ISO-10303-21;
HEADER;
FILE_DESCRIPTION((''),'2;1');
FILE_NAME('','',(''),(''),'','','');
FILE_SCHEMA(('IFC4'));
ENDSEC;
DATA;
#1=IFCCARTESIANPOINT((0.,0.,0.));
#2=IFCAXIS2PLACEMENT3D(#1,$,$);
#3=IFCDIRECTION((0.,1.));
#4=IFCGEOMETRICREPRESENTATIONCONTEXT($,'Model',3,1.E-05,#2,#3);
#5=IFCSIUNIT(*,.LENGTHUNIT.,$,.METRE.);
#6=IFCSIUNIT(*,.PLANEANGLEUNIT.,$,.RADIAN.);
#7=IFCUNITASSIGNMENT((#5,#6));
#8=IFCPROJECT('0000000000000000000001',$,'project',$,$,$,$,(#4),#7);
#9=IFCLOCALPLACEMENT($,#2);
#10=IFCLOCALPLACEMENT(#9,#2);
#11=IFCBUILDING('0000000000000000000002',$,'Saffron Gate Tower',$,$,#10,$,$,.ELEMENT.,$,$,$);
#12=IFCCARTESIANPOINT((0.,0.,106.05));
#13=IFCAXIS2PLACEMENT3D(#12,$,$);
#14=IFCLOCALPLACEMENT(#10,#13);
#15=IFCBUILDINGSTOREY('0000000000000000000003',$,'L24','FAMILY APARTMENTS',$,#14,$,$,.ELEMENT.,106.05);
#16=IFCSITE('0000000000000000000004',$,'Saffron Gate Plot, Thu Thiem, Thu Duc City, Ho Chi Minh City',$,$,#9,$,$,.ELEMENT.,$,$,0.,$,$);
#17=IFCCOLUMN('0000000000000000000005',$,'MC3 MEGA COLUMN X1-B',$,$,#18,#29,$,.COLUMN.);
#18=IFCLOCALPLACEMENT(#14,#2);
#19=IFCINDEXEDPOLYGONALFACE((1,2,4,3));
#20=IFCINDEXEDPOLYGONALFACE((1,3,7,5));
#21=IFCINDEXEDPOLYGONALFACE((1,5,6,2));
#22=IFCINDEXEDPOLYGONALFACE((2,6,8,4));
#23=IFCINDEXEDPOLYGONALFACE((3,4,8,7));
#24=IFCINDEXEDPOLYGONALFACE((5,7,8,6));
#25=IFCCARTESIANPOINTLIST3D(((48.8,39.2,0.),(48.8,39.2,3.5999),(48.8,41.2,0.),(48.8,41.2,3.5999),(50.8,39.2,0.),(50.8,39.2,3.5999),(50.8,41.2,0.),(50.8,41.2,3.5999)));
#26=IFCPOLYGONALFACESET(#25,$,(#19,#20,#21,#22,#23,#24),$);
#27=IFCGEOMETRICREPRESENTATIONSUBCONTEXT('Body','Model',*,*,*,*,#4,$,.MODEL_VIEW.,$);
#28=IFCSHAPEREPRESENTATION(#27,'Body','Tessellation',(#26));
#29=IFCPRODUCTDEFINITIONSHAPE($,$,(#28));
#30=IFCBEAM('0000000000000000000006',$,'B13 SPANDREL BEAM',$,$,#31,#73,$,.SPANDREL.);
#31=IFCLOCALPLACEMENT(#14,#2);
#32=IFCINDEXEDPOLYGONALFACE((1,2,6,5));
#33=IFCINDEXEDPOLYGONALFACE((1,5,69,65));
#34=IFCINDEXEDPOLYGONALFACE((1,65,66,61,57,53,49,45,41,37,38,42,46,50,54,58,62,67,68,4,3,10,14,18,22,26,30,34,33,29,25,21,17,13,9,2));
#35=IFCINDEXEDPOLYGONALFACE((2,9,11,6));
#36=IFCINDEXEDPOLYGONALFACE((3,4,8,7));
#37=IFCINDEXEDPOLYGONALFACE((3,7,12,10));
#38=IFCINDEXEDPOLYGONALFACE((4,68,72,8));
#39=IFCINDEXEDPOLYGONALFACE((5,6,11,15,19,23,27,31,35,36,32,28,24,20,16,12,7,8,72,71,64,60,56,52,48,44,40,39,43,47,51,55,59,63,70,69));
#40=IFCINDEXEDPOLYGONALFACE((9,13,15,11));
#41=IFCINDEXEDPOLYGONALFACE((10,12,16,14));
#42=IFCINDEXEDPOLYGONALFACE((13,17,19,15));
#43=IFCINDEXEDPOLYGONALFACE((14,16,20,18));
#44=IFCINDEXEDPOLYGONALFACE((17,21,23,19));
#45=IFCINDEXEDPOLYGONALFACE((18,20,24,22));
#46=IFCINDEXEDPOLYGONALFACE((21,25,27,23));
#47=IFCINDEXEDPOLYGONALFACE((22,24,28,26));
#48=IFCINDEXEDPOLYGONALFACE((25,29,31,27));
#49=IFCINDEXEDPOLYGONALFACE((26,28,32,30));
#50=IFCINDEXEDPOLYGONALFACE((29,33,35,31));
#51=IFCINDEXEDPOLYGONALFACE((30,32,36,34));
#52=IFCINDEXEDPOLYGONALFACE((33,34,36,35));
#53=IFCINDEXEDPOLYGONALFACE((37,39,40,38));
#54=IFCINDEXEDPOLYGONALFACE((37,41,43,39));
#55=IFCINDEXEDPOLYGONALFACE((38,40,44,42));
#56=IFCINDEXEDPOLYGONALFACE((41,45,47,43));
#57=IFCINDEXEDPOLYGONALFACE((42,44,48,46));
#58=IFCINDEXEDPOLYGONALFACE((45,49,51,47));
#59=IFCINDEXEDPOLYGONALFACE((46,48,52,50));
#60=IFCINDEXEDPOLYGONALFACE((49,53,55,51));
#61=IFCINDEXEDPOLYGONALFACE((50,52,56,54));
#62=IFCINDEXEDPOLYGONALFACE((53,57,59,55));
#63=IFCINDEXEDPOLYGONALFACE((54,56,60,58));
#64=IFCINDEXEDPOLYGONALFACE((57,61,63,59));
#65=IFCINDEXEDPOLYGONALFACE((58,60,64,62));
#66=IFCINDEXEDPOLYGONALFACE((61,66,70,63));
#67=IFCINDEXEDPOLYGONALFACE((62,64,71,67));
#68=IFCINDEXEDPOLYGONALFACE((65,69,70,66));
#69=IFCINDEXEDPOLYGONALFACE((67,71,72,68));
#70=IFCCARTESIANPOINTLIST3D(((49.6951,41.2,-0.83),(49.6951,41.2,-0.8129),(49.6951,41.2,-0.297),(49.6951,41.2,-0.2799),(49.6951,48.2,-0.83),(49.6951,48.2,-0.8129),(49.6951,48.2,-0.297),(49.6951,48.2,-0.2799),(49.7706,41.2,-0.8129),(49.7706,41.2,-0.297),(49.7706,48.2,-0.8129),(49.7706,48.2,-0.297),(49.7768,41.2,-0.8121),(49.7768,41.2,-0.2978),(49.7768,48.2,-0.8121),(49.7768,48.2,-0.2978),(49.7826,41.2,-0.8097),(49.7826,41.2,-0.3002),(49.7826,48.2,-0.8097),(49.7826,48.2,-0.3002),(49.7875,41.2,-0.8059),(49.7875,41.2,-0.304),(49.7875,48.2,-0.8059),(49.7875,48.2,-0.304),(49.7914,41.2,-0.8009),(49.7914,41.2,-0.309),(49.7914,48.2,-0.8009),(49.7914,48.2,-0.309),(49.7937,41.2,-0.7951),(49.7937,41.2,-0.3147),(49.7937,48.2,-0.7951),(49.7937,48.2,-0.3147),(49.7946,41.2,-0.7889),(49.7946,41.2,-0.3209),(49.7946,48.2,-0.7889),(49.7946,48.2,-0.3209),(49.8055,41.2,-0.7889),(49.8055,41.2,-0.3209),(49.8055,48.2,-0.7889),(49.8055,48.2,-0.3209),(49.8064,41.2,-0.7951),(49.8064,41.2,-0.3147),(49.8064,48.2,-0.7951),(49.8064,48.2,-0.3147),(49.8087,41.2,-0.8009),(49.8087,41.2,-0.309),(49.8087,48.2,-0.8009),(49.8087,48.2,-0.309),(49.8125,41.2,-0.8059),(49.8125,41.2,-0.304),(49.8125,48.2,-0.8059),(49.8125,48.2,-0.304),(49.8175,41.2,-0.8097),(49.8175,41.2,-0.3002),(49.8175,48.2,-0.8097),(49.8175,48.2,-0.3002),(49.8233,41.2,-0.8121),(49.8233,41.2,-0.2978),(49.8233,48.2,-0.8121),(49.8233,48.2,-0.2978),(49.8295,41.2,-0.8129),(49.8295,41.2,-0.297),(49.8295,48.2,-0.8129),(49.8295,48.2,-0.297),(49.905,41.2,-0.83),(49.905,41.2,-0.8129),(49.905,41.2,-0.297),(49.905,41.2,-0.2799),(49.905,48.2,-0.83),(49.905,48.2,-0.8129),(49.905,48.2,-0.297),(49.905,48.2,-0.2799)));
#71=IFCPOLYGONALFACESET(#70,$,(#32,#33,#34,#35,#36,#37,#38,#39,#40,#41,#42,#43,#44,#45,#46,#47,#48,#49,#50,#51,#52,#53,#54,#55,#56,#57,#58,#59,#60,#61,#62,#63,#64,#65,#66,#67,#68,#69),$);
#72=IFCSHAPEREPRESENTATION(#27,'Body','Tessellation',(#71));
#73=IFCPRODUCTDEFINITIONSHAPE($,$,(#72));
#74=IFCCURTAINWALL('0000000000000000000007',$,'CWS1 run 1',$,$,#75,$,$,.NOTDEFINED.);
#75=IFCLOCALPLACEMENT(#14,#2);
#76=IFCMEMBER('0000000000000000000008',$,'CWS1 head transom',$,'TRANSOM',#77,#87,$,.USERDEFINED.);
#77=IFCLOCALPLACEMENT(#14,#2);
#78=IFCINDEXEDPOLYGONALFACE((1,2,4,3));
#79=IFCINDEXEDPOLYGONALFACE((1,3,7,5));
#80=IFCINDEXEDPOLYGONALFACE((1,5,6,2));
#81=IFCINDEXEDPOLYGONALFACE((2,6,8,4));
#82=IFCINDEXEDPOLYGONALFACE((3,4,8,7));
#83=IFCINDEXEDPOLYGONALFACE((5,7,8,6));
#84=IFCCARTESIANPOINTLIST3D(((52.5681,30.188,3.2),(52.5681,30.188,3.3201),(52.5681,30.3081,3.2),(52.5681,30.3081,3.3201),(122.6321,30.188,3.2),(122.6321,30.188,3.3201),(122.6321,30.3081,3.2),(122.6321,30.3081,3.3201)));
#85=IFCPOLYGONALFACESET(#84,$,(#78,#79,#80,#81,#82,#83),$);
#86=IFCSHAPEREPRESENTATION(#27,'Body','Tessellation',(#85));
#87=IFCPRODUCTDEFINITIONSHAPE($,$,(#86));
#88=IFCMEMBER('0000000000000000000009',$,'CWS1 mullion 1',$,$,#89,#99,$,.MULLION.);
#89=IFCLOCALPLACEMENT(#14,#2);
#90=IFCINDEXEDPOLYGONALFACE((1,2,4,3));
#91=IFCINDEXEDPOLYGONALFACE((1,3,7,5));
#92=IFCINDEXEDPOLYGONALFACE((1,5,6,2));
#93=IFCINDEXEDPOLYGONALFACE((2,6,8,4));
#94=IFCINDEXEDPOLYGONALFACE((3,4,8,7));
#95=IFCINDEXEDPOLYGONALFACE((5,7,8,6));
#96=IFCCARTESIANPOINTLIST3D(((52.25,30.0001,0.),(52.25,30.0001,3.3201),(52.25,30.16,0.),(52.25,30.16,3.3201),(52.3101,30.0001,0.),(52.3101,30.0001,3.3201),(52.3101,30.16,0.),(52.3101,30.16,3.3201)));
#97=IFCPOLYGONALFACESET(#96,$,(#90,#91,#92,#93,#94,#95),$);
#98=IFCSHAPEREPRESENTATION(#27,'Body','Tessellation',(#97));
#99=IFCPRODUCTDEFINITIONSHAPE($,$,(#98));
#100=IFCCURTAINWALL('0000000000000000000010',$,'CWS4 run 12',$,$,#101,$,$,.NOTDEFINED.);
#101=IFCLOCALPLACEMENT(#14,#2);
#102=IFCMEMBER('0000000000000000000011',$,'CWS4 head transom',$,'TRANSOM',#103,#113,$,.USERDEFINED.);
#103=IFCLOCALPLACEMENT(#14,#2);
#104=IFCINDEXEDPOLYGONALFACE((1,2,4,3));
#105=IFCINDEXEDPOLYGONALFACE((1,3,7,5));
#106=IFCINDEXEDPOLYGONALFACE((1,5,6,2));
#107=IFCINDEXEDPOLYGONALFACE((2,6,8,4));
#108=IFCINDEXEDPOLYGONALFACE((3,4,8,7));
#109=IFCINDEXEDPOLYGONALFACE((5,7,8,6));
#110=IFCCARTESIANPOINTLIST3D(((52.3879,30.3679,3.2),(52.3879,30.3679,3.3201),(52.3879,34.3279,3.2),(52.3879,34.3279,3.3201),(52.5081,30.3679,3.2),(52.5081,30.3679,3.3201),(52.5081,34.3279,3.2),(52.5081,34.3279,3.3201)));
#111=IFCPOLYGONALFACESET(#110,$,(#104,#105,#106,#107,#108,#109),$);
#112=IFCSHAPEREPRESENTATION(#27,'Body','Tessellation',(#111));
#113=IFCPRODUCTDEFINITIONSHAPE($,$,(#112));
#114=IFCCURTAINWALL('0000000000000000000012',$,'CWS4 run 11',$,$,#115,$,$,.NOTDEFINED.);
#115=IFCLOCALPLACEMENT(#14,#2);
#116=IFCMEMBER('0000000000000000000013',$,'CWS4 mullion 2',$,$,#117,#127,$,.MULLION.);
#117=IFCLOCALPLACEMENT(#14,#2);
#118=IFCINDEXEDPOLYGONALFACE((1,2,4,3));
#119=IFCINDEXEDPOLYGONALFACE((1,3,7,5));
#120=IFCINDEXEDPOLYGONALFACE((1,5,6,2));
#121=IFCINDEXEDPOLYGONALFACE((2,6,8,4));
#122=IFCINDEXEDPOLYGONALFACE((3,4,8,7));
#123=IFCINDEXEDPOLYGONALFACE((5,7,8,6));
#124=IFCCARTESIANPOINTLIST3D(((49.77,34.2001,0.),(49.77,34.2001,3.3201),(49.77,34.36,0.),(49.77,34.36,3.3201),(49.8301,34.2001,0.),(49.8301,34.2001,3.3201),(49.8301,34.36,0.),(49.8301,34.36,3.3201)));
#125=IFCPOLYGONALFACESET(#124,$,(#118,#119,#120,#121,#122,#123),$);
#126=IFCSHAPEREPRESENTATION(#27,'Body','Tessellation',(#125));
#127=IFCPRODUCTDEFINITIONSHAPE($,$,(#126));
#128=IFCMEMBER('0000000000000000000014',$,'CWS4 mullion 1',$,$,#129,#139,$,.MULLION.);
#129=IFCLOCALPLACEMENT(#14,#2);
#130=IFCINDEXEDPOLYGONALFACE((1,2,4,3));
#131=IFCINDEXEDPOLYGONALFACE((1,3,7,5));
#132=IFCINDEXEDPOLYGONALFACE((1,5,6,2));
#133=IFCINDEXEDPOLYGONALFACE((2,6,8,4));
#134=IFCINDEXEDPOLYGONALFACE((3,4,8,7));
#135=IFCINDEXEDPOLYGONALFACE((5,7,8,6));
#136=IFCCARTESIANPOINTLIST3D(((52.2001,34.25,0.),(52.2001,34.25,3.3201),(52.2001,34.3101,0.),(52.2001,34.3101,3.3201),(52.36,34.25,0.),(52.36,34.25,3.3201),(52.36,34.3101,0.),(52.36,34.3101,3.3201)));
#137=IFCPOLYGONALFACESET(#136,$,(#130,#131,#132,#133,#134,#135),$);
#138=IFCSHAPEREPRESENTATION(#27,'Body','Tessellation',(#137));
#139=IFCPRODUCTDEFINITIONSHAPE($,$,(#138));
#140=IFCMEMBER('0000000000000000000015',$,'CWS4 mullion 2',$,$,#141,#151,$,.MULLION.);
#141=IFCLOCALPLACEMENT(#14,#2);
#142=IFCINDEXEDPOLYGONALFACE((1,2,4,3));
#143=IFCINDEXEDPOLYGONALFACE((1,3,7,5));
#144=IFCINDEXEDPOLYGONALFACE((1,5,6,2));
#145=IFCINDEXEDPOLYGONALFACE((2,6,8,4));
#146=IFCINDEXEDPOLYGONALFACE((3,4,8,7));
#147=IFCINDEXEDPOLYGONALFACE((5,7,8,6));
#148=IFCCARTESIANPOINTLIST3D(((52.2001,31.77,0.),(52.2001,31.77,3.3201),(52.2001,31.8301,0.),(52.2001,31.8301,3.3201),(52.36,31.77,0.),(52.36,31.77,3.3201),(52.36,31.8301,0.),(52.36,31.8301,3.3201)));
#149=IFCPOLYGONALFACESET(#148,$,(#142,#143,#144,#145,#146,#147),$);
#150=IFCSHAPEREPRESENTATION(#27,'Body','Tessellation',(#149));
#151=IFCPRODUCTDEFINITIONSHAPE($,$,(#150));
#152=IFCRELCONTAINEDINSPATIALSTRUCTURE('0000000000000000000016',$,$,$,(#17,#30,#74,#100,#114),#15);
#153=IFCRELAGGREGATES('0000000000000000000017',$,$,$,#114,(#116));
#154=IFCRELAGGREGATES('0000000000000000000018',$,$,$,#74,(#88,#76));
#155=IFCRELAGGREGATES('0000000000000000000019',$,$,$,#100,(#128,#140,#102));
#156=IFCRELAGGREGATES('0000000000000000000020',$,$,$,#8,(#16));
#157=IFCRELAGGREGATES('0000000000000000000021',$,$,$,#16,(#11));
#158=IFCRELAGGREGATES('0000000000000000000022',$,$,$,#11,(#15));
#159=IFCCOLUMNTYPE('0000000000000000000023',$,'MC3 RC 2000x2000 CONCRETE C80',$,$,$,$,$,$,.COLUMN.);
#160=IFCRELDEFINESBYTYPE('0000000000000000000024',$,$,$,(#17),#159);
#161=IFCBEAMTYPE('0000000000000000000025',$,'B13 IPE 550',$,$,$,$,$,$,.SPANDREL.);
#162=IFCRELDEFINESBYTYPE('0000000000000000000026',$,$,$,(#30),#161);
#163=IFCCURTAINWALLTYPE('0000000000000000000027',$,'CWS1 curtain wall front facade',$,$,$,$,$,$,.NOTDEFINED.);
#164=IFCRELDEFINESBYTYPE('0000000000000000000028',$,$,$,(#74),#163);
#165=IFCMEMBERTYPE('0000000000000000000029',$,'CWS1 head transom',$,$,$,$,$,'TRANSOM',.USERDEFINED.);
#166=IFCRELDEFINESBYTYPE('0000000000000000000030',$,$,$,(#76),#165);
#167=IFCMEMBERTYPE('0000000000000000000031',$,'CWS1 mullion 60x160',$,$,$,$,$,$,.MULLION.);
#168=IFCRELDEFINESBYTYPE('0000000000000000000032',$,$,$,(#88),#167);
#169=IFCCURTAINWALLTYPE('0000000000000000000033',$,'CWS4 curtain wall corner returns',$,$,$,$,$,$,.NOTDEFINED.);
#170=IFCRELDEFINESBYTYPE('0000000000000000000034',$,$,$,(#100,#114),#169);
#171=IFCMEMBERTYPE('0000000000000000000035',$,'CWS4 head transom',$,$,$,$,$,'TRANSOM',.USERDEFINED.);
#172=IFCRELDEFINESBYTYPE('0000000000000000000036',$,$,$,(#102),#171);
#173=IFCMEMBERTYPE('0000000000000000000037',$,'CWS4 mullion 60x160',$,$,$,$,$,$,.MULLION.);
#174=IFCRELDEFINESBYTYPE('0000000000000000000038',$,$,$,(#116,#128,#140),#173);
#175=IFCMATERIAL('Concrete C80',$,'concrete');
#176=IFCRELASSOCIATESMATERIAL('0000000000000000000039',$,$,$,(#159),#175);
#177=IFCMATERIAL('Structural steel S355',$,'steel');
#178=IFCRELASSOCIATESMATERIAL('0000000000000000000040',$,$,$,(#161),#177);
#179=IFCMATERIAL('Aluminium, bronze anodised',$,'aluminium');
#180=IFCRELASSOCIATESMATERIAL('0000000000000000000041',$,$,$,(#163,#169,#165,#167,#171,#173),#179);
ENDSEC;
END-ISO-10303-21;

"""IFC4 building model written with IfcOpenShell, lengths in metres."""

from ifc_helpers import new_model, si_unit, direction, frame, origin, origin_2d, place, context, subcontext, project, spatial, rectangle, i_section, extrude, material, material_profile, profile_set, type_object, element, aggregate, save


model = new_model("IFC4")

# Units and contexts
model_context = context("Model", 3, precision=1e-05, world=origin(), true_north=direction((0.0, 1.0)))
body_context = subcontext(model_context, "Body", "Model", "MODEL_VIEW")
ifc_project = project(units=[si_unit("LENGTHUNIT", "METRE"), si_unit("PLANEANGLEUNIT", "RADIAN")], contexts=[model_context])

# Site, building, storey
site_placement = place(None, origin())
site = spatial("IfcSite", under=ifc_project, at=site_placement, Name="Saffron Gate Plot, Thu Thiem, Thu Duc City, Ho Chi Minh City", CompositionType="ELEMENT", RefElevation=0.0)
building_placement = place(site_placement, origin())
building = spatial("IfcBuilding", under=site, at=building_placement, Name="Saffron Gate Tower", CompositionType="ELEMENT")
storey_placement = place(building_placement, frame((0.0, 0.0, 106.05)))
storey = spatial("IfcBuildingStorey", under=building, at=storey_placement, Name="L24", Description="FAMILY APARTMENTS", CompositionType="ELEMENT", Elevation=106.05)

# Column
ifc_material_1 = material(Name="Concrete C80", Category="concrete")
ifc_material_profile_1 = material_profile(ifc_material_1, rectangle(XDim=2.0, YDim=2.0, at=origin_2d()))
ifc_profile_set_1 = profile_set([ifc_material_profile_1], Name="Concrete C80")
column_type = type_object("IfcColumnType", Name="MC3 RC 2000x2000 CONCRETE C80", PredefinedType="COLUMN", material=ifc_profile_set_1)
column_placement = place(storey_placement, frame((49.8, 40.2, 0.0), z_axis=(0.0, 0.0, 1.0), x_axis=(1.0, 0.0, 0.0)))
element("IfcColumn", 1, at=column_placement, inside=storey, type_object=column_type, Name="MC3 MEGA COLUMN X1-B", PredefinedType="COLUMN", context=body_context, shape_type="SweptSolid", body=[
    extrude(rectangle(XDim=2.0, YDim=2.0, at=origin_2d()), origin(), (0.0, 0.0, 1.0), 3.5999),
])

# Beam
ifc_material_2 = material(Name="Structural steel S355", Category="steel")
ifc_material_profile_2 = material_profile(ifc_material_2, i_section(OverallWidth=0.21, OverallDepth=0.55, WebThickness=0.011, FlangeThickness=0.0171, FilletRadius=0.0239, at=origin_2d()))
ifc_profile_set_2 = profile_set([ifc_material_profile_2], Name="Structural steel S355")
beam_type = type_object("IfcBeamType", Name="B13 IPE 550", PredefinedType="SPANDREL", material=ifc_profile_set_2)
beam_placement = place(storey_placement, frame((49.8, 41.2, -0.5549), z_axis=(0.0, 1.0, 0.0), x_axis=(-1.0, 0.0, 0.0)))
element("IfcBeam", 2, at=beam_placement, inside=storey, type_object=beam_type, Name="B13 SPANDREL BEAM", PredefinedType="SPANDREL", context=body_context, shape_type="SweptSolid", body=[
    extrude(i_section(OverallWidth=0.21, OverallDepth=0.55, WebThickness=0.011, FlangeThickness=0.0171, FilletRadius=0.0239, at=origin_2d()), origin(), (0.0, 0.0, 1.0), 7.0),
])

# Curtain wall, members
ifc_material_3 = material(Name="Aluminium, bronze anodised", Category="aluminium")
curtain_wall_type_1 = type_object("IfcCurtainWallType", Name="CWS1 curtain wall front facade", PredefinedType="NOTDEFINED", material=ifc_material_3)
curtain_wall_1_placement = place(storey_placement, origin())
curtain_wall_1 = element("IfcCurtainWall", 3, at=curtain_wall_1_placement, inside=storey, type_object=curtain_wall_type_1, Name="CWS1 run 1", PredefinedType="NOTDEFINED")
ifc_material_profile_3 = material_profile(ifc_material_3, rectangle(XDim=0.1201, YDim=0.1201, at=origin_2d()))
ifc_profile_set_3 = profile_set([ifc_material_profile_3], Name="Aluminium, bronze anodised")
member_type_1 = type_object("IfcMemberType", Name="CWS1 head transom", ElementType="TRANSOM", PredefinedType="USERDEFINED", material=ifc_profile_set_3)
member_1_placement = place(storey_placement, frame((52.5681, 30.248, 3.26), z_axis=(1.0, 0.0, 0.0), x_axis=(0.0, 1.0, 0.0)))
member_1 = element("IfcMember", 4, at=member_1_placement, type_object=member_type_1, Name="CWS1 head transom", ObjectType="TRANSOM", PredefinedType="USERDEFINED", context=body_context, shape_type="SweptSolid", body=[
    extrude(rectangle(XDim=0.1201, YDim=0.1201, at=origin_2d()), origin(), (0.0, 0.0, 1.0), 70.064),
])
ifc_material_profile_4 = material_profile(ifc_material_3, rectangle(XDim=0.1599, YDim=0.0601, at=origin_2d()))
ifc_profile_set_4 = profile_set([ifc_material_profile_4], Name="Aluminium, bronze anodised")
member_type_2 = type_object("IfcMemberType", Name="CWS1 mullion 60x160", PredefinedType="MULLION", material=ifc_profile_set_4)
member_2_placement = place(storey_placement, frame((52.28, 30.0801, 0.0), z_axis=(0.0, 0.0, 1.0), x_axis=(0.0, 1.0, 0.0)))
member_2 = element("IfcMember", 5, at=member_2_placement, type_object=member_type_2, Name="CWS1 mullion 1", PredefinedType="MULLION", context=body_context, shape_type="SweptSolid", body=[
    extrude(rectangle(XDim=0.1599, YDim=0.0601, at=origin_2d()), origin(), (0.0, 0.0, 1.0), 3.3201),
])

# Curtain walls, members
curtain_wall_type_2 = type_object("IfcCurtainWallType", Name="CWS4 curtain wall corner returns", PredefinedType="NOTDEFINED", material=ifc_material_3)
curtain_wall_2_placement = place(storey_placement, origin())
curtain_wall_2 = element("IfcCurtainWall", 6, at=curtain_wall_2_placement, inside=storey, type_object=curtain_wall_type_2, Name="CWS4 run 12", PredefinedType="NOTDEFINED")
ifc_material_profile_5 = material_profile(ifc_material_3, rectangle(XDim=0.1201, YDim=0.1201, at=origin_2d()))
ifc_profile_set_5 = profile_set([ifc_material_profile_5], Name="Aluminium, bronze anodised")
member_type_3 = type_object("IfcMemberType", Name="CWS4 head transom", ElementType="TRANSOM", PredefinedType="USERDEFINED", material=ifc_profile_set_5)
member_3_placement = place(storey_placement, frame((52.448, 34.3279, 3.26), z_axis=(0.0, -1.0, 0.0), x_axis=(1.0, 0.0, 0.0)))
member_3 = element("IfcMember", 7, at=member_3_placement, type_object=member_type_3, Name="CWS4 head transom", ObjectType="TRANSOM", PredefinedType="USERDEFINED", context=body_context, shape_type="SweptSolid", body=[
    extrude(rectangle(XDim=0.1201, YDim=0.1201, at=origin_2d()), origin(), (0.0, 0.0, 1.0), 3.96),
])
curtain_wall_3_placement = place(storey_placement, origin())
curtain_wall_3 = element("IfcCurtainWall", 8, at=curtain_wall_3_placement, inside=storey, type_object=curtain_wall_type_2, Name="CWS4 run 11", PredefinedType="NOTDEFINED")
ifc_material_profile_6 = material_profile(ifc_material_3, rectangle(XDim=0.1599, YDim=0.0601, at=origin_2d()))
ifc_profile_set_6 = profile_set([ifc_material_profile_6], Name="Aluminium, bronze anodised")
member_type_4 = type_object("IfcMemberType", Name="CWS4 mullion 60x160", PredefinedType="MULLION", material=ifc_profile_set_6)
member_4_placement = place(storey_placement, frame((49.8, 34.28, 0.0), z_axis=(0.0, 0.0, 1.0), x_axis=(0.0, 1.0, 0.0)))
member_4 = element("IfcMember", 9, at=member_4_placement, type_object=member_type_4, Name="CWS4 mullion 2", PredefinedType="MULLION", context=body_context, shape_type="SweptSolid", body=[
    extrude(rectangle(XDim=0.1599, YDim=0.0601, at=origin_2d()), origin(), (0.0, 0.0, 1.0), 3.3201),
])
aggregate(curtain_wall_3, [member_4])

# Members
member_5_placement = place(storey_placement, frame((52.28, 34.28, 0.0), z_axis=(0.0, 0.0, 1.0), x_axis=(1.0, 0.0, 0.0)))
member_5 = element("IfcMember", 10, at=member_5_placement, type_object=member_type_4, Name="CWS4 mullion 1", PredefinedType="MULLION", context=body_context, shape_type="SweptSolid", body=[
    extrude(rectangle(XDim=0.1599, YDim=0.0601, at=origin_2d()), origin(), (0.0, 0.0, 1.0), 3.3201),
])
member_6_placement = place(storey_placement, frame((52.28, 31.8, 0.0), z_axis=(0.0, 0.0, 1.0), x_axis=(1.0, 0.0, 0.0)))
member_6 = element("IfcMember", 11, at=member_6_placement, type_object=member_type_4, Name="CWS4 mullion 2", PredefinedType="MULLION", context=body_context, shape_type="SweptSolid", body=[
    extrude(rectangle(XDim=0.1599, YDim=0.0601, at=origin_2d()), origin(), (0.0, 0.0, 1.0), 3.3201),
])

aggregate(curtain_wall_1, [member_2, member_1])

aggregate(curtain_wall_2, [member_5, member_6, member_3])

save(model, "model.ifc")
